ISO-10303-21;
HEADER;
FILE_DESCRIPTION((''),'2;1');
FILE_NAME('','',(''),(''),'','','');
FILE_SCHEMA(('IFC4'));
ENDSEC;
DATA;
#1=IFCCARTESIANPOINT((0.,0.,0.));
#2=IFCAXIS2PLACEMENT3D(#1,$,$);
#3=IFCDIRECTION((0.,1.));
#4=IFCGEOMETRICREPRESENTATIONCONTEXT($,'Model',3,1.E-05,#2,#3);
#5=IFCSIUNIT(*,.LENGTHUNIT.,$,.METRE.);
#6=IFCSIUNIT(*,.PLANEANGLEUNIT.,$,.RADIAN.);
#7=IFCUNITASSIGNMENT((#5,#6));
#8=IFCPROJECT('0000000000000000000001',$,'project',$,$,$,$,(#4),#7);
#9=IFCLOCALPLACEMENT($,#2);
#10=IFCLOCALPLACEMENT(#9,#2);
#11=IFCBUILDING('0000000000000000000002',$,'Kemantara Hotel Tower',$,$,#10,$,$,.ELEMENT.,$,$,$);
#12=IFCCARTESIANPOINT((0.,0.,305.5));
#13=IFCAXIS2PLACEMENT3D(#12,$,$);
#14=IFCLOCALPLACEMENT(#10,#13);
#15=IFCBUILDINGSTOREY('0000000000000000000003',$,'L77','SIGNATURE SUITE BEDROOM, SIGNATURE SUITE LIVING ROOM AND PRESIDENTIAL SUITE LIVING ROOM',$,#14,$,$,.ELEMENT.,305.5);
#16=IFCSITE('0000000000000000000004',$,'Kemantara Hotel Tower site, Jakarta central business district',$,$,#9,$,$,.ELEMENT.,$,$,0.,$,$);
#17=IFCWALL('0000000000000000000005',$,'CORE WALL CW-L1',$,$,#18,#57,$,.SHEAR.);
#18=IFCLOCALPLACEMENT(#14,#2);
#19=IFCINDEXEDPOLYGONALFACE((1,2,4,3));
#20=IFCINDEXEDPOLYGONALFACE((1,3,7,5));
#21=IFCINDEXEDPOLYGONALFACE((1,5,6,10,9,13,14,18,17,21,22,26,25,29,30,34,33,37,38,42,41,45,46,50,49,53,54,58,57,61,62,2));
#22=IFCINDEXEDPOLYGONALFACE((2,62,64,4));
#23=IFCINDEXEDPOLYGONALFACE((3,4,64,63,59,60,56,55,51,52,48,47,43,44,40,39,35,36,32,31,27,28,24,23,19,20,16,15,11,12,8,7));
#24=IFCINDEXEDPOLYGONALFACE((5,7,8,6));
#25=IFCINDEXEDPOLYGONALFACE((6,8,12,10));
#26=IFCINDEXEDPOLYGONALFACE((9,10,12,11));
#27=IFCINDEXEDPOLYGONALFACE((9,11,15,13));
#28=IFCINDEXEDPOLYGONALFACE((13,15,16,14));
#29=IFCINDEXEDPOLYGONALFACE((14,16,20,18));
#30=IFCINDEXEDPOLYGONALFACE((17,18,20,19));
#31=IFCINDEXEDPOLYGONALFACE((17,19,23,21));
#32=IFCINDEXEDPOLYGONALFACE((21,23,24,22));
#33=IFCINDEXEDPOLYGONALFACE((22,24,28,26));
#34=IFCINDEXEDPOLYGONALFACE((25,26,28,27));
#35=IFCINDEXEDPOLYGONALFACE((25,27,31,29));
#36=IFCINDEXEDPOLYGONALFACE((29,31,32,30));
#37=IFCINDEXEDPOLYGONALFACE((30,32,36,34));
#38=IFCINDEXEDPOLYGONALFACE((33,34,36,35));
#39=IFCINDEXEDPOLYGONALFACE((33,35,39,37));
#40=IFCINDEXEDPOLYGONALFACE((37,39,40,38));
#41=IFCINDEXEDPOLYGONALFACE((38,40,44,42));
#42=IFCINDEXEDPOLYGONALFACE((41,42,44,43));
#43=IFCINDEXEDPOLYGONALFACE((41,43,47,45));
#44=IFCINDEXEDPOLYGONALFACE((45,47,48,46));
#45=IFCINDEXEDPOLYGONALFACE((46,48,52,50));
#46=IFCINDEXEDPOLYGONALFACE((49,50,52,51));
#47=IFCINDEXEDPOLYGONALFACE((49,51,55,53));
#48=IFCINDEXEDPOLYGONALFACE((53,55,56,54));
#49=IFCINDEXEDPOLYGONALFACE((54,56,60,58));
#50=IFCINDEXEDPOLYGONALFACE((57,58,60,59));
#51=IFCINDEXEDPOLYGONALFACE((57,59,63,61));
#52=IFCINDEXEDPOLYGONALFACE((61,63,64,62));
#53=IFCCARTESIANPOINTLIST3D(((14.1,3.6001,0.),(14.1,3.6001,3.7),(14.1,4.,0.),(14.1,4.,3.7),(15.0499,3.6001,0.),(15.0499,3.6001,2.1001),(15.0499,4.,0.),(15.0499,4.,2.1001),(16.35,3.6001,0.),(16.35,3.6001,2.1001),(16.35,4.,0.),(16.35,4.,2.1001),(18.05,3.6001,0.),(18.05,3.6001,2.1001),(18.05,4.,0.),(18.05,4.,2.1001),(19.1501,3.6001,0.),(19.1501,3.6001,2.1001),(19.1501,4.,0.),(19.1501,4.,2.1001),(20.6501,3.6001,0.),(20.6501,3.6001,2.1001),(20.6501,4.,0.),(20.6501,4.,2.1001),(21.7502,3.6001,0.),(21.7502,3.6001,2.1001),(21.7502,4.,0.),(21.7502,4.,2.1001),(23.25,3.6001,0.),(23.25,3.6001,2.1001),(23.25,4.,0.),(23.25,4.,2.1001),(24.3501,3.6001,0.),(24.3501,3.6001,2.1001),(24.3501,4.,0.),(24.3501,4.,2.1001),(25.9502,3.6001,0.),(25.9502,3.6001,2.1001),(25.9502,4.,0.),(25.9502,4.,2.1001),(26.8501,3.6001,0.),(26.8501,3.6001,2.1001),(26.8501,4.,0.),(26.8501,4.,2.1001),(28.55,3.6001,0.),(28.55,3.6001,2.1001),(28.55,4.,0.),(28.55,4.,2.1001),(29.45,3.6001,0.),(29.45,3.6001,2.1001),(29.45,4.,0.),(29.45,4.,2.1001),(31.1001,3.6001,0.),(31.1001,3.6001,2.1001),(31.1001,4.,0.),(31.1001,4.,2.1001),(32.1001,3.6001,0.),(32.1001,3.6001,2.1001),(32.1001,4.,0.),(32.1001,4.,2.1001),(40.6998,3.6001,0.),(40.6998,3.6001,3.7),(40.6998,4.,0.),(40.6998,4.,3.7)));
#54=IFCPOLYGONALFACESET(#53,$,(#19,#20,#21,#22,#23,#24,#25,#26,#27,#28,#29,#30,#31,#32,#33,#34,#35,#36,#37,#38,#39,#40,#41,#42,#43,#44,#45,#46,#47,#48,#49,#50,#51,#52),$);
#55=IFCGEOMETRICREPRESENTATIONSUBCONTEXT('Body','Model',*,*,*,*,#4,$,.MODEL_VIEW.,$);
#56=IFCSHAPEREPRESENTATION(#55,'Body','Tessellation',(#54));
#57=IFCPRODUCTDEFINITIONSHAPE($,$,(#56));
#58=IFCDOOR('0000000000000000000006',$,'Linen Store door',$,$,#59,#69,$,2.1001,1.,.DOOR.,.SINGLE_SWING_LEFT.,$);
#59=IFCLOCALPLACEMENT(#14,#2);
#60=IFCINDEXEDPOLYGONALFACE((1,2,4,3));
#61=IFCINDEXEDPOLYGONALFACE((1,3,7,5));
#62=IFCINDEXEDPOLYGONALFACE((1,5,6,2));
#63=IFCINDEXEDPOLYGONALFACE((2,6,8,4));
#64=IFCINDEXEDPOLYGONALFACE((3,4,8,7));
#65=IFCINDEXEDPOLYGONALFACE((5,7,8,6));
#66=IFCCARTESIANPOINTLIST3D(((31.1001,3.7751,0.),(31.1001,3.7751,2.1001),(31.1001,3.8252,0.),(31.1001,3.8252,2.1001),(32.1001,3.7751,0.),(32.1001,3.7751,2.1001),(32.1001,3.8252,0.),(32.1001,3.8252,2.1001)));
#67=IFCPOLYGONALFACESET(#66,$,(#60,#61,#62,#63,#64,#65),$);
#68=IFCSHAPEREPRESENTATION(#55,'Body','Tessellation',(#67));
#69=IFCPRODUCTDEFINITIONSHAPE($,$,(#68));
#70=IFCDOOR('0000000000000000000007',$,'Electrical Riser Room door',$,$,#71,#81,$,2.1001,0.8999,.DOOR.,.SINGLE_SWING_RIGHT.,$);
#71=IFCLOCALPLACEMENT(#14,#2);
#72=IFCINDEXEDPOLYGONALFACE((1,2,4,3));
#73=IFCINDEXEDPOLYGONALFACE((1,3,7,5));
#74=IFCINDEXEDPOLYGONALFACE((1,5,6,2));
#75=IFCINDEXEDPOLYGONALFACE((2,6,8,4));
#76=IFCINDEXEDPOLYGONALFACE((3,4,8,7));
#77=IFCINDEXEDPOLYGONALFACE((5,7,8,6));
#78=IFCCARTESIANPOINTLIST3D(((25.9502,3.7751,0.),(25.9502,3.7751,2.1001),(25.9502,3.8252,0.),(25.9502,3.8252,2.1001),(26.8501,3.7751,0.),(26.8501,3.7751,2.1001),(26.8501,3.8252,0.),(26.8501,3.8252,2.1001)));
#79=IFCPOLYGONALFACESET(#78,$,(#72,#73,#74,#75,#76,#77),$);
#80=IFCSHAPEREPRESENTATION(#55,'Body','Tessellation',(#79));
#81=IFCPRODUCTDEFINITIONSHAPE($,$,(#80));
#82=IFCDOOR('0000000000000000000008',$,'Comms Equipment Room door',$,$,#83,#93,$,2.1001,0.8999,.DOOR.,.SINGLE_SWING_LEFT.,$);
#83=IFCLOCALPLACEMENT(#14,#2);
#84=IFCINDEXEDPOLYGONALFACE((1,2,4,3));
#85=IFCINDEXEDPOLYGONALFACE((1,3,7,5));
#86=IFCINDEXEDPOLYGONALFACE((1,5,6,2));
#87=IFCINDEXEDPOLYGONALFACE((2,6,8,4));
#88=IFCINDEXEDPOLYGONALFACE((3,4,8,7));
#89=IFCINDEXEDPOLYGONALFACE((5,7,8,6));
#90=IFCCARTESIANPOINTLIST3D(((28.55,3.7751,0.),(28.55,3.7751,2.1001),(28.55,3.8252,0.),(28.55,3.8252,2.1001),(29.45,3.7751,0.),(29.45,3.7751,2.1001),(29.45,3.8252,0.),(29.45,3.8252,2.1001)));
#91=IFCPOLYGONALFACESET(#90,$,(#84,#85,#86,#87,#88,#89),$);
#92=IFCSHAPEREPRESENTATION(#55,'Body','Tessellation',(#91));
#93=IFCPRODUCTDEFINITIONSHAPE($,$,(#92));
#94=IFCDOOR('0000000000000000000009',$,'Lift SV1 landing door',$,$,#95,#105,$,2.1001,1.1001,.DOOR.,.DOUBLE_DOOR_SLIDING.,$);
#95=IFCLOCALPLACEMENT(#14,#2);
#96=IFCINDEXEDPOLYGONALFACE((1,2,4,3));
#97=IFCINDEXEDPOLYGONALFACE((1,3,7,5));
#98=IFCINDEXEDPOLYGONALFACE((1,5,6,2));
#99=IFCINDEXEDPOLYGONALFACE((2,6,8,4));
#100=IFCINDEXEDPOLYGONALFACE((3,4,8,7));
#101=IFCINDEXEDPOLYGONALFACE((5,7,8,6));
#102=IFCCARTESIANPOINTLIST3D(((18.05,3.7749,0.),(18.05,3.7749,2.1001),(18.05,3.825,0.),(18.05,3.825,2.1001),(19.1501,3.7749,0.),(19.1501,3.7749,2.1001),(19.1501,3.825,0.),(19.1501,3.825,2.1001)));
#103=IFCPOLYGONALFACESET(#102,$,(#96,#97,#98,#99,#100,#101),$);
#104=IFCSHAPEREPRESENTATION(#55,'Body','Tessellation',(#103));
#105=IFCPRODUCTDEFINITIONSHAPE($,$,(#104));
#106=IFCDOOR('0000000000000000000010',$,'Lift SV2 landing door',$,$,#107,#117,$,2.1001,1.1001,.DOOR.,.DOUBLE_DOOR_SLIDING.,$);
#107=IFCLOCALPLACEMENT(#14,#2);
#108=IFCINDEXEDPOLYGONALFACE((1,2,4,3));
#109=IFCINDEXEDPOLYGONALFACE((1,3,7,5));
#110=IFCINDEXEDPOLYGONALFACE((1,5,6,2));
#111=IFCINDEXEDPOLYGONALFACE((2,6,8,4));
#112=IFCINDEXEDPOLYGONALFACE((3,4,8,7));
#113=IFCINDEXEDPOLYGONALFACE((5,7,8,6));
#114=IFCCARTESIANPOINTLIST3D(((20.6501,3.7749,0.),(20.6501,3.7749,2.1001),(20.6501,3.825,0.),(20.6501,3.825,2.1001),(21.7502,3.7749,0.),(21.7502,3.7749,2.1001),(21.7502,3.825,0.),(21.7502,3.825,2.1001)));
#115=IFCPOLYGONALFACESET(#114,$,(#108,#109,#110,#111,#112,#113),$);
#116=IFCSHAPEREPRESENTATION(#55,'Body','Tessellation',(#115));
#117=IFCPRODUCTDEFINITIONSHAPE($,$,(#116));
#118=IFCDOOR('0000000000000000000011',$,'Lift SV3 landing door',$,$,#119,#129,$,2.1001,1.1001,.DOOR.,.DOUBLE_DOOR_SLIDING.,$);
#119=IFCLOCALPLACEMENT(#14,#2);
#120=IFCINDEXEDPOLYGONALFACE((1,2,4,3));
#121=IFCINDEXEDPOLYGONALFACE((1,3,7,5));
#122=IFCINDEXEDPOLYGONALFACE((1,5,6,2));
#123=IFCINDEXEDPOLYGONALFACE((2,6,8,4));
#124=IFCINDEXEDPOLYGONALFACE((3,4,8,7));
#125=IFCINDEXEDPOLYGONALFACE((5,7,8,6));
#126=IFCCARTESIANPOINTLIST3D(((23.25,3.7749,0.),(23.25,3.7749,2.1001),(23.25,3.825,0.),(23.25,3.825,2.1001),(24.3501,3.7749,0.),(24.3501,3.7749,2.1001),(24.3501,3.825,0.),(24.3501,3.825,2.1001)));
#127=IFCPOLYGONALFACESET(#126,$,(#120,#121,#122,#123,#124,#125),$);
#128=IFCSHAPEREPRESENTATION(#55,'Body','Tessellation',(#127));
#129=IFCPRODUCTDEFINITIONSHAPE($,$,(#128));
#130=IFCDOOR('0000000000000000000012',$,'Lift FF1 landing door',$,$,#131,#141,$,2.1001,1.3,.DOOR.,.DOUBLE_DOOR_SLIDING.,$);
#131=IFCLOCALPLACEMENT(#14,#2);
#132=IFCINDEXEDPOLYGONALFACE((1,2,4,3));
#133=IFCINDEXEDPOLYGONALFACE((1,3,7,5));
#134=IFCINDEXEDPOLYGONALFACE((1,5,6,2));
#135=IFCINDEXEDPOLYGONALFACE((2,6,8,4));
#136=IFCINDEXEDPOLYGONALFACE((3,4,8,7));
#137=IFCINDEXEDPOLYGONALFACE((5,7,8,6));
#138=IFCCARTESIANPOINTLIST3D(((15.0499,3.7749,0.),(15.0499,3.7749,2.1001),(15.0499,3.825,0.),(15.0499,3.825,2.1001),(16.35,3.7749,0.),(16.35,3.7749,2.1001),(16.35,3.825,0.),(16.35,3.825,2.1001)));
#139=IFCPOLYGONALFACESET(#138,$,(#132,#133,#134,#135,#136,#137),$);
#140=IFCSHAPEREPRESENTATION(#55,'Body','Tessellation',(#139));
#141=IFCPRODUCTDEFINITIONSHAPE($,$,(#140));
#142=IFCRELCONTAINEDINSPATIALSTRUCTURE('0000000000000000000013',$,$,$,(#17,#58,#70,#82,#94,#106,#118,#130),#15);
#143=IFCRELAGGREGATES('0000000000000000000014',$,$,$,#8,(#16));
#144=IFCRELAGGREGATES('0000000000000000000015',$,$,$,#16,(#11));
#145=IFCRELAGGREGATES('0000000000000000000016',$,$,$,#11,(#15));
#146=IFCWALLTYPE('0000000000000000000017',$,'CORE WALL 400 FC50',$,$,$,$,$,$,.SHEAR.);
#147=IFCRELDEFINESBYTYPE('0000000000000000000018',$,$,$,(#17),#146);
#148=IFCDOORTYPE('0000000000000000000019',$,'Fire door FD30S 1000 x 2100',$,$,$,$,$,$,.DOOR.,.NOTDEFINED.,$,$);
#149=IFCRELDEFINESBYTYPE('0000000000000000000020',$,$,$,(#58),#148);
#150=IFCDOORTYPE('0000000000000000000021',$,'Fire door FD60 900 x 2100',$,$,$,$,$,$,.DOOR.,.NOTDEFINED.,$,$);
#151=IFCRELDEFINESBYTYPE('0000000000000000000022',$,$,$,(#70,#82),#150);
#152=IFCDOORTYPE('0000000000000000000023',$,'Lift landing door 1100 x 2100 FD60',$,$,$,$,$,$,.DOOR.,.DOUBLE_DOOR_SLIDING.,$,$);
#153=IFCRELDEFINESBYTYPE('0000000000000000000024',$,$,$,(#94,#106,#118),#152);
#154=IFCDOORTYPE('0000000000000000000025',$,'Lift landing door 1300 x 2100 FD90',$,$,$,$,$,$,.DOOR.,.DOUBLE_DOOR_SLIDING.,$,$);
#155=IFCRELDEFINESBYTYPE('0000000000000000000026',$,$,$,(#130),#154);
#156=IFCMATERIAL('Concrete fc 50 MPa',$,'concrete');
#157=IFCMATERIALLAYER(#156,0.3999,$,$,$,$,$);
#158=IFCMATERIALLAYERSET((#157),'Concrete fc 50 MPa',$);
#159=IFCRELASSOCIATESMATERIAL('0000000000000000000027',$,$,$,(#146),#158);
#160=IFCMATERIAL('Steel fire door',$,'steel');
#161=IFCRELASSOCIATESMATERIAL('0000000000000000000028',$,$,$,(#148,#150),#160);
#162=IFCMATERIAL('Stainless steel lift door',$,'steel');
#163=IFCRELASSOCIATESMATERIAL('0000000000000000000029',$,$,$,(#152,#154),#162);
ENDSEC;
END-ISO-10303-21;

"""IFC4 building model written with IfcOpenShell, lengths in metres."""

from ifc_helpers import new_model, si_unit, direction, frame, frame_2d, origin, place, context, subcontext, project, spatial, rectangle, extrude, material, layer, layer_set, type_object, element, fill, save


model = new_model("IFC4")

# Units and contexts
model_context = context("Model", 3, precision=1e-05, world=origin(), true_north=direction((0.0, 1.0)))
body_context = subcontext(model_context, "Body", "Model", "MODEL_VIEW")
ifc_project = project(units=[si_unit("LENGTHUNIT", "METRE"), si_unit("PLANEANGLEUNIT", "RADIAN")], contexts=[model_context])

# Site, building, storey
site_placement = place(None, origin())
site = spatial("IfcSite", under=ifc_project, at=site_placement, Name="Kemantara Hotel Tower site, Jakarta central business district", CompositionType="ELEMENT", RefElevation=0.0)
building_placement = place(site_placement, origin())
building = spatial("IfcBuilding", under=site, at=building_placement, Name="Kemantara Hotel Tower", CompositionType="ELEMENT")
storey_placement = place(building_placement, frame((0.0, 0.0, 305.5)))
storey = spatial("IfcBuildingStorey", under=building, at=storey_placement, Name="L77", Description="SIGNATURE SUITE BEDROOM, SIGNATURE SUITE LIVING ROOM AND PRESIDENTIAL SUITE LIVING ROOM", CompositionType="ELEMENT", Elevation=305.5)

# Shared definitions
ifc_material_1 = material(Name="Concrete fc 50 MPa", Category="concrete")

# Wall, openings, doors
ifc_layer_1 = layer(ifc_material_1, 0.3999)
ifc_layer_set_1 = layer_set([ifc_layer_1], Name="Concrete fc 50 MPa")
wall_type_1 = type_object("IfcWallType", Name="CORE WALL 400 FC50", PredefinedType="SHEAR", material=ifc_layer_set_1)
wall_1_placement = place(storey_placement, frame((14.1001, 3.8, 0.0), z_axis=(0.0, 0.0, 1.0), x_axis=(1.0, 0.0, 0.0)))
wall_1 = element("IfcWall", 1, at=wall_1_placement, inside=storey, type_object=wall_type_1, Name="CORE WALL CW-L1", PredefinedType="SHEAR", context=body_context, shape_type="SweptSolid", body=[
    extrude(rectangle(XDim=26.5999, YDim=0.3999, at=frame_2d((13.2998, 0.0))), origin(), (0.0, 0.0, 1.0), 3.7),
])
opening_1_placement = place(wall_1_placement, frame((0.95, 0.0, 0.0)))
opening_1 = element("IfcOpeningElement", 2, at=opening_1_placement, cuts=wall_1, PredefinedType="OPENING", context=body_context, shape_type="SweptSolid", body=[
    extrude(rectangle(XDim=1.3, YDim=2.1001, at=frame_2d((0.6499, 1.05))), frame((0.0, 0.21, 0.0), z_axis=(0.0, -1.0, 0.0), x_axis=(1.0, 0.0, 0.0)), (0.0, 0.0, 1.0), 0.4199),
])
opening_2_placement = place(wall_1_placement, frame((3.95, 0.0, 0.0)))
opening_2 = element("IfcOpeningElement", 3, at=opening_2_placement, cuts=wall_1, PredefinedType="OPENING", context=body_context, shape_type="SweptSolid", body=[
    extrude(rectangle(XDim=1.1001, YDim=2.1001, at=frame_2d((0.55, 1.05))), frame((0.0, 0.21, 0.0), z_axis=(0.0, -1.0, 0.0), x_axis=(1.0, 0.0, 0.0)), (0.0, 0.0, 1.0), 0.4199),
])
opening_3_placement = place(wall_1_placement, frame((6.55, 0.0, 0.0)))
opening_3 = element("IfcOpeningElement", 4, at=opening_3_placement, cuts=wall_1, PredefinedType="OPENING", context=body_context, shape_type="SweptSolid", body=[
    extrude(rectangle(XDim=1.1001, YDim=2.1001, at=frame_2d((0.55, 1.05))), frame((0.0, 0.21, 0.0), z_axis=(0.0, -1.0, 0.0), x_axis=(1.0, 0.0, 0.0)), (0.0, 0.0, 1.0), 0.4199),
])
opening_4_placement = place(wall_1_placement, frame((9.1499, 0.0, 0.0)))
opening_4 = element("IfcOpeningElement", 5, at=opening_4_placement, cuts=wall_1, PredefinedType="OPENING", context=body_context, shape_type="SweptSolid", body=[
    extrude(rectangle(XDim=1.1001, YDim=2.1001, at=frame_2d((0.55, 1.05))), frame((0.0, 0.21, 0.0), z_axis=(0.0, -1.0, 0.0), x_axis=(1.0, 0.0, 0.0)), (0.0, 0.0, 1.0), 0.4199),
])
opening_5_placement = place(wall_1_placement, frame((11.8501, 0.0, 0.0)))
opening_5 = element("IfcOpeningElement", 6, at=opening_5_placement, cuts=wall_1, PredefinedType="OPENING", context=body_context, shape_type="SweptSolid", body=[
    extrude(rectangle(XDim=0.8999, YDim=2.1001, at=frame_2d((0.45, 1.05))), frame((0.0, 0.21, 0.0), z_axis=(0.0, -1.0, 0.0), x_axis=(1.0, 0.0, 0.0)), (0.0, 0.0, 1.0), 0.4199),
])
opening_6_placement = place(wall_1_placement, frame((14.45, 0.0, 0.0)))
opening_6 = element("IfcOpeningElement", 7, at=opening_6_placement, cuts=wall_1, PredefinedType="OPENING", context=body_context, shape_type="SweptSolid", body=[
    extrude(rectangle(XDim=0.8999, YDim=2.1001, at=frame_2d((0.45, 1.05))), frame((0.0, 0.21, 0.0), z_axis=(0.0, -1.0, 0.0), x_axis=(1.0, 0.0, 0.0)), (0.0, 0.0, 1.0), 0.4199),
])
opening_7_placement = place(wall_1_placement, frame((17.0, 0.0, 0.0)))
opening_7 = element("IfcOpeningElement", 8, at=opening_7_placement, cuts=wall_1, PredefinedType="OPENING", context=body_context, shape_type="SweptSolid", body=[
    extrude(rectangle(XDim=1.0, YDim=2.1001, at=frame_2d((0.5, 1.05))), frame((0.0, 0.21, 0.0), z_axis=(0.0, -1.0, 0.0), x_axis=(1.0, 0.0, 0.0)), (0.0, 0.0, 1.0), 0.4199),
])
ifc_material_2 = material(Name="Steel fire door", Category="steel")
door_type_1 = type_object("IfcDoorType", Name="Fire door FD30S 1000 x 2100", OperationType="NOTDEFINED", PredefinedType="DOOR", material=ifc_material_2)
door_1_placement = place(opening_7_placement, frame((1.0, 0.0, 0.0), z_axis=(0.0, 0.0, 1.0), x_axis=(-1.0, 0.0, 0.0)))
door_1 = element("IfcDoor", 9, at=door_1_placement, inside=storey, type_object=door_type_1, Name="Linen Store door", OperationType="SINGLE_SWING_LEFT", OverallHeight=2.1001, OverallWidth=1.0, PredefinedType="DOOR", context=body_context, shape_type="SweptSolid", body=[
    extrude(rectangle(XDim=1.0, YDim=2.1001, at=frame_2d((0.5, 1.05))), frame((0.0, 0.0249, 0.0), z_axis=(0.0, -1.0, 0.0), x_axis=(1.0, 0.0, 0.0)), (0.0, 0.0, 1.0), 0.05),
])
fill(opening_7, door_1)
door_type_2 = type_object("IfcDoorType", Name="Fire door FD60 900 x 2100", OperationType="NOTDEFINED", PredefinedType="DOOR", material=ifc_material_2)
door_2_placement = place(opening_5_placement, frame((0.8999, 0.0, 0.0), z_axis=(0.0, 0.0, 1.0), x_axis=(-1.0, 0.0, 0.0)))
door_2 = element("IfcDoor", 10, at=door_2_placement, inside=storey, type_object=door_type_2, Name="Electrical Riser Room door", OperationType="SINGLE_SWING_RIGHT", OverallHeight=2.1001, OverallWidth=0.8999, PredefinedType="DOOR", context=body_context, shape_type="SweptSolid", body=[
    extrude(rectangle(XDim=0.8999, YDim=2.1001, at=frame_2d((0.45, 1.05))), frame((0.0, 0.0249, 0.0), z_axis=(0.0, -1.0, 0.0), x_axis=(1.0, 0.0, 0.0)), (0.0, 0.0, 1.0), 0.05),
])
fill(opening_5, door_2)
door_3_placement = place(opening_6_placement, frame((0.8999, 0.0, 0.0), z_axis=(0.0, 0.0, 1.0), x_axis=(-1.0, 0.0, 0.0)))
door_3 = element("IfcDoor", 11, at=door_3_placement, inside=storey, type_object=door_type_2, Name="Comms Equipment Room door", OperationType="SINGLE_SWING_LEFT", OverallHeight=2.1001, OverallWidth=0.8999, PredefinedType="DOOR", context=body_context, shape_type="SweptSolid", body=[
    extrude(rectangle(XDim=0.8999, YDim=2.1001, at=frame_2d((0.45, 1.05))), frame((0.0, 0.0249, 0.0), z_axis=(0.0, -1.0, 0.0), x_axis=(1.0, 0.0, 0.0)), (0.0, 0.0, 1.0), 0.05),
])
fill(opening_6, door_3)
ifc_material_3 = material(Name="Stainless steel lift door", Category="steel")
door_type_3 = type_object("IfcDoorType", Name="Lift landing door 1100 x 2100 FD60", OperationType="DOUBLE_DOOR_SLIDING", PredefinedType="DOOR", material=ifc_material_3)
door_4_placement = place(opening_2_placement, origin())
door_4 = element("IfcDoor", 12, at=door_4_placement, inside=storey, type_object=door_type_3, Name="Lift SV1 landing door", OperationType="DOUBLE_DOOR_SLIDING", OverallHeight=2.1001, OverallWidth=1.1001, PredefinedType="DOOR", context=body_context, shape_type="SweptSolid", body=[
    extrude(rectangle(XDim=1.1001, YDim=2.1001, at=frame_2d((0.55, 1.05))), frame((0.0, 0.0249, 0.0), z_axis=(0.0, -1.0, 0.0), x_axis=(1.0, 0.0, 0.0)), (0.0, 0.0, 1.0), 0.05),
])
fill(opening_2, door_4)
door_5_placement = place(opening_3_placement, origin())
door_5 = element("IfcDoor", 13, at=door_5_placement, inside=storey, type_object=door_type_3, Name="Lift SV2 landing door", OperationType="DOUBLE_DOOR_SLIDING", OverallHeight=2.1001, OverallWidth=1.1001, PredefinedType="DOOR", context=body_context, shape_type="SweptSolid", body=[
    extrude(rectangle(XDim=1.1001, YDim=2.1001, at=frame_2d((0.55, 1.05))), frame((0.0, 0.0249, 0.0), z_axis=(0.0, -1.0, 0.0), x_axis=(1.0, 0.0, 0.0)), (0.0, 0.0, 1.0), 0.05),
])
fill(opening_3, door_5)
door_6_placement = place(opening_4_placement, origin())
door_6 = element("IfcDoor", 14, at=door_6_placement, inside=storey, type_object=door_type_3, Name="Lift SV3 landing door", OperationType="DOUBLE_DOOR_SLIDING", OverallHeight=2.1001, OverallWidth=1.1001, PredefinedType="DOOR", context=body_context, shape_type="SweptSolid", body=[
    extrude(rectangle(XDim=1.1001, YDim=2.1001, at=frame_2d((0.55, 1.05))), frame((0.0, 0.0249, 0.0), z_axis=(0.0, -1.0, 0.0), x_axis=(1.0, 0.0, 0.0)), (0.0, 0.0, 1.0), 0.05),
])
fill(opening_4, door_6)
door_type_4 = type_object("IfcDoorType", Name="Lift landing door 1300 x 2100 FD90", OperationType="DOUBLE_DOOR_SLIDING", PredefinedType="DOOR", material=ifc_material_3)
door_7_placement = place(opening_1_placement, origin())
door_7 = element("IfcDoor", 15, at=door_7_placement, inside=storey, type_object=door_type_4, Name="Lift FF1 landing door", OperationType="DOUBLE_DOOR_SLIDING", OverallHeight=2.1001, OverallWidth=1.3, PredefinedType="DOOR", context=body_context, shape_type="SweptSolid", body=[
    extrude(rectangle(XDim=1.3, YDim=2.1001, at=frame_2d((0.6499, 1.05))), frame((0.0, 0.0249, 0.0), z_axis=(0.0, -1.0, 0.0), x_axis=(1.0, 0.0, 0.0)), (0.0, 0.0, 1.0), 0.05),
])
fill(opening_1, door_7)

save(model, "model.ifc")
